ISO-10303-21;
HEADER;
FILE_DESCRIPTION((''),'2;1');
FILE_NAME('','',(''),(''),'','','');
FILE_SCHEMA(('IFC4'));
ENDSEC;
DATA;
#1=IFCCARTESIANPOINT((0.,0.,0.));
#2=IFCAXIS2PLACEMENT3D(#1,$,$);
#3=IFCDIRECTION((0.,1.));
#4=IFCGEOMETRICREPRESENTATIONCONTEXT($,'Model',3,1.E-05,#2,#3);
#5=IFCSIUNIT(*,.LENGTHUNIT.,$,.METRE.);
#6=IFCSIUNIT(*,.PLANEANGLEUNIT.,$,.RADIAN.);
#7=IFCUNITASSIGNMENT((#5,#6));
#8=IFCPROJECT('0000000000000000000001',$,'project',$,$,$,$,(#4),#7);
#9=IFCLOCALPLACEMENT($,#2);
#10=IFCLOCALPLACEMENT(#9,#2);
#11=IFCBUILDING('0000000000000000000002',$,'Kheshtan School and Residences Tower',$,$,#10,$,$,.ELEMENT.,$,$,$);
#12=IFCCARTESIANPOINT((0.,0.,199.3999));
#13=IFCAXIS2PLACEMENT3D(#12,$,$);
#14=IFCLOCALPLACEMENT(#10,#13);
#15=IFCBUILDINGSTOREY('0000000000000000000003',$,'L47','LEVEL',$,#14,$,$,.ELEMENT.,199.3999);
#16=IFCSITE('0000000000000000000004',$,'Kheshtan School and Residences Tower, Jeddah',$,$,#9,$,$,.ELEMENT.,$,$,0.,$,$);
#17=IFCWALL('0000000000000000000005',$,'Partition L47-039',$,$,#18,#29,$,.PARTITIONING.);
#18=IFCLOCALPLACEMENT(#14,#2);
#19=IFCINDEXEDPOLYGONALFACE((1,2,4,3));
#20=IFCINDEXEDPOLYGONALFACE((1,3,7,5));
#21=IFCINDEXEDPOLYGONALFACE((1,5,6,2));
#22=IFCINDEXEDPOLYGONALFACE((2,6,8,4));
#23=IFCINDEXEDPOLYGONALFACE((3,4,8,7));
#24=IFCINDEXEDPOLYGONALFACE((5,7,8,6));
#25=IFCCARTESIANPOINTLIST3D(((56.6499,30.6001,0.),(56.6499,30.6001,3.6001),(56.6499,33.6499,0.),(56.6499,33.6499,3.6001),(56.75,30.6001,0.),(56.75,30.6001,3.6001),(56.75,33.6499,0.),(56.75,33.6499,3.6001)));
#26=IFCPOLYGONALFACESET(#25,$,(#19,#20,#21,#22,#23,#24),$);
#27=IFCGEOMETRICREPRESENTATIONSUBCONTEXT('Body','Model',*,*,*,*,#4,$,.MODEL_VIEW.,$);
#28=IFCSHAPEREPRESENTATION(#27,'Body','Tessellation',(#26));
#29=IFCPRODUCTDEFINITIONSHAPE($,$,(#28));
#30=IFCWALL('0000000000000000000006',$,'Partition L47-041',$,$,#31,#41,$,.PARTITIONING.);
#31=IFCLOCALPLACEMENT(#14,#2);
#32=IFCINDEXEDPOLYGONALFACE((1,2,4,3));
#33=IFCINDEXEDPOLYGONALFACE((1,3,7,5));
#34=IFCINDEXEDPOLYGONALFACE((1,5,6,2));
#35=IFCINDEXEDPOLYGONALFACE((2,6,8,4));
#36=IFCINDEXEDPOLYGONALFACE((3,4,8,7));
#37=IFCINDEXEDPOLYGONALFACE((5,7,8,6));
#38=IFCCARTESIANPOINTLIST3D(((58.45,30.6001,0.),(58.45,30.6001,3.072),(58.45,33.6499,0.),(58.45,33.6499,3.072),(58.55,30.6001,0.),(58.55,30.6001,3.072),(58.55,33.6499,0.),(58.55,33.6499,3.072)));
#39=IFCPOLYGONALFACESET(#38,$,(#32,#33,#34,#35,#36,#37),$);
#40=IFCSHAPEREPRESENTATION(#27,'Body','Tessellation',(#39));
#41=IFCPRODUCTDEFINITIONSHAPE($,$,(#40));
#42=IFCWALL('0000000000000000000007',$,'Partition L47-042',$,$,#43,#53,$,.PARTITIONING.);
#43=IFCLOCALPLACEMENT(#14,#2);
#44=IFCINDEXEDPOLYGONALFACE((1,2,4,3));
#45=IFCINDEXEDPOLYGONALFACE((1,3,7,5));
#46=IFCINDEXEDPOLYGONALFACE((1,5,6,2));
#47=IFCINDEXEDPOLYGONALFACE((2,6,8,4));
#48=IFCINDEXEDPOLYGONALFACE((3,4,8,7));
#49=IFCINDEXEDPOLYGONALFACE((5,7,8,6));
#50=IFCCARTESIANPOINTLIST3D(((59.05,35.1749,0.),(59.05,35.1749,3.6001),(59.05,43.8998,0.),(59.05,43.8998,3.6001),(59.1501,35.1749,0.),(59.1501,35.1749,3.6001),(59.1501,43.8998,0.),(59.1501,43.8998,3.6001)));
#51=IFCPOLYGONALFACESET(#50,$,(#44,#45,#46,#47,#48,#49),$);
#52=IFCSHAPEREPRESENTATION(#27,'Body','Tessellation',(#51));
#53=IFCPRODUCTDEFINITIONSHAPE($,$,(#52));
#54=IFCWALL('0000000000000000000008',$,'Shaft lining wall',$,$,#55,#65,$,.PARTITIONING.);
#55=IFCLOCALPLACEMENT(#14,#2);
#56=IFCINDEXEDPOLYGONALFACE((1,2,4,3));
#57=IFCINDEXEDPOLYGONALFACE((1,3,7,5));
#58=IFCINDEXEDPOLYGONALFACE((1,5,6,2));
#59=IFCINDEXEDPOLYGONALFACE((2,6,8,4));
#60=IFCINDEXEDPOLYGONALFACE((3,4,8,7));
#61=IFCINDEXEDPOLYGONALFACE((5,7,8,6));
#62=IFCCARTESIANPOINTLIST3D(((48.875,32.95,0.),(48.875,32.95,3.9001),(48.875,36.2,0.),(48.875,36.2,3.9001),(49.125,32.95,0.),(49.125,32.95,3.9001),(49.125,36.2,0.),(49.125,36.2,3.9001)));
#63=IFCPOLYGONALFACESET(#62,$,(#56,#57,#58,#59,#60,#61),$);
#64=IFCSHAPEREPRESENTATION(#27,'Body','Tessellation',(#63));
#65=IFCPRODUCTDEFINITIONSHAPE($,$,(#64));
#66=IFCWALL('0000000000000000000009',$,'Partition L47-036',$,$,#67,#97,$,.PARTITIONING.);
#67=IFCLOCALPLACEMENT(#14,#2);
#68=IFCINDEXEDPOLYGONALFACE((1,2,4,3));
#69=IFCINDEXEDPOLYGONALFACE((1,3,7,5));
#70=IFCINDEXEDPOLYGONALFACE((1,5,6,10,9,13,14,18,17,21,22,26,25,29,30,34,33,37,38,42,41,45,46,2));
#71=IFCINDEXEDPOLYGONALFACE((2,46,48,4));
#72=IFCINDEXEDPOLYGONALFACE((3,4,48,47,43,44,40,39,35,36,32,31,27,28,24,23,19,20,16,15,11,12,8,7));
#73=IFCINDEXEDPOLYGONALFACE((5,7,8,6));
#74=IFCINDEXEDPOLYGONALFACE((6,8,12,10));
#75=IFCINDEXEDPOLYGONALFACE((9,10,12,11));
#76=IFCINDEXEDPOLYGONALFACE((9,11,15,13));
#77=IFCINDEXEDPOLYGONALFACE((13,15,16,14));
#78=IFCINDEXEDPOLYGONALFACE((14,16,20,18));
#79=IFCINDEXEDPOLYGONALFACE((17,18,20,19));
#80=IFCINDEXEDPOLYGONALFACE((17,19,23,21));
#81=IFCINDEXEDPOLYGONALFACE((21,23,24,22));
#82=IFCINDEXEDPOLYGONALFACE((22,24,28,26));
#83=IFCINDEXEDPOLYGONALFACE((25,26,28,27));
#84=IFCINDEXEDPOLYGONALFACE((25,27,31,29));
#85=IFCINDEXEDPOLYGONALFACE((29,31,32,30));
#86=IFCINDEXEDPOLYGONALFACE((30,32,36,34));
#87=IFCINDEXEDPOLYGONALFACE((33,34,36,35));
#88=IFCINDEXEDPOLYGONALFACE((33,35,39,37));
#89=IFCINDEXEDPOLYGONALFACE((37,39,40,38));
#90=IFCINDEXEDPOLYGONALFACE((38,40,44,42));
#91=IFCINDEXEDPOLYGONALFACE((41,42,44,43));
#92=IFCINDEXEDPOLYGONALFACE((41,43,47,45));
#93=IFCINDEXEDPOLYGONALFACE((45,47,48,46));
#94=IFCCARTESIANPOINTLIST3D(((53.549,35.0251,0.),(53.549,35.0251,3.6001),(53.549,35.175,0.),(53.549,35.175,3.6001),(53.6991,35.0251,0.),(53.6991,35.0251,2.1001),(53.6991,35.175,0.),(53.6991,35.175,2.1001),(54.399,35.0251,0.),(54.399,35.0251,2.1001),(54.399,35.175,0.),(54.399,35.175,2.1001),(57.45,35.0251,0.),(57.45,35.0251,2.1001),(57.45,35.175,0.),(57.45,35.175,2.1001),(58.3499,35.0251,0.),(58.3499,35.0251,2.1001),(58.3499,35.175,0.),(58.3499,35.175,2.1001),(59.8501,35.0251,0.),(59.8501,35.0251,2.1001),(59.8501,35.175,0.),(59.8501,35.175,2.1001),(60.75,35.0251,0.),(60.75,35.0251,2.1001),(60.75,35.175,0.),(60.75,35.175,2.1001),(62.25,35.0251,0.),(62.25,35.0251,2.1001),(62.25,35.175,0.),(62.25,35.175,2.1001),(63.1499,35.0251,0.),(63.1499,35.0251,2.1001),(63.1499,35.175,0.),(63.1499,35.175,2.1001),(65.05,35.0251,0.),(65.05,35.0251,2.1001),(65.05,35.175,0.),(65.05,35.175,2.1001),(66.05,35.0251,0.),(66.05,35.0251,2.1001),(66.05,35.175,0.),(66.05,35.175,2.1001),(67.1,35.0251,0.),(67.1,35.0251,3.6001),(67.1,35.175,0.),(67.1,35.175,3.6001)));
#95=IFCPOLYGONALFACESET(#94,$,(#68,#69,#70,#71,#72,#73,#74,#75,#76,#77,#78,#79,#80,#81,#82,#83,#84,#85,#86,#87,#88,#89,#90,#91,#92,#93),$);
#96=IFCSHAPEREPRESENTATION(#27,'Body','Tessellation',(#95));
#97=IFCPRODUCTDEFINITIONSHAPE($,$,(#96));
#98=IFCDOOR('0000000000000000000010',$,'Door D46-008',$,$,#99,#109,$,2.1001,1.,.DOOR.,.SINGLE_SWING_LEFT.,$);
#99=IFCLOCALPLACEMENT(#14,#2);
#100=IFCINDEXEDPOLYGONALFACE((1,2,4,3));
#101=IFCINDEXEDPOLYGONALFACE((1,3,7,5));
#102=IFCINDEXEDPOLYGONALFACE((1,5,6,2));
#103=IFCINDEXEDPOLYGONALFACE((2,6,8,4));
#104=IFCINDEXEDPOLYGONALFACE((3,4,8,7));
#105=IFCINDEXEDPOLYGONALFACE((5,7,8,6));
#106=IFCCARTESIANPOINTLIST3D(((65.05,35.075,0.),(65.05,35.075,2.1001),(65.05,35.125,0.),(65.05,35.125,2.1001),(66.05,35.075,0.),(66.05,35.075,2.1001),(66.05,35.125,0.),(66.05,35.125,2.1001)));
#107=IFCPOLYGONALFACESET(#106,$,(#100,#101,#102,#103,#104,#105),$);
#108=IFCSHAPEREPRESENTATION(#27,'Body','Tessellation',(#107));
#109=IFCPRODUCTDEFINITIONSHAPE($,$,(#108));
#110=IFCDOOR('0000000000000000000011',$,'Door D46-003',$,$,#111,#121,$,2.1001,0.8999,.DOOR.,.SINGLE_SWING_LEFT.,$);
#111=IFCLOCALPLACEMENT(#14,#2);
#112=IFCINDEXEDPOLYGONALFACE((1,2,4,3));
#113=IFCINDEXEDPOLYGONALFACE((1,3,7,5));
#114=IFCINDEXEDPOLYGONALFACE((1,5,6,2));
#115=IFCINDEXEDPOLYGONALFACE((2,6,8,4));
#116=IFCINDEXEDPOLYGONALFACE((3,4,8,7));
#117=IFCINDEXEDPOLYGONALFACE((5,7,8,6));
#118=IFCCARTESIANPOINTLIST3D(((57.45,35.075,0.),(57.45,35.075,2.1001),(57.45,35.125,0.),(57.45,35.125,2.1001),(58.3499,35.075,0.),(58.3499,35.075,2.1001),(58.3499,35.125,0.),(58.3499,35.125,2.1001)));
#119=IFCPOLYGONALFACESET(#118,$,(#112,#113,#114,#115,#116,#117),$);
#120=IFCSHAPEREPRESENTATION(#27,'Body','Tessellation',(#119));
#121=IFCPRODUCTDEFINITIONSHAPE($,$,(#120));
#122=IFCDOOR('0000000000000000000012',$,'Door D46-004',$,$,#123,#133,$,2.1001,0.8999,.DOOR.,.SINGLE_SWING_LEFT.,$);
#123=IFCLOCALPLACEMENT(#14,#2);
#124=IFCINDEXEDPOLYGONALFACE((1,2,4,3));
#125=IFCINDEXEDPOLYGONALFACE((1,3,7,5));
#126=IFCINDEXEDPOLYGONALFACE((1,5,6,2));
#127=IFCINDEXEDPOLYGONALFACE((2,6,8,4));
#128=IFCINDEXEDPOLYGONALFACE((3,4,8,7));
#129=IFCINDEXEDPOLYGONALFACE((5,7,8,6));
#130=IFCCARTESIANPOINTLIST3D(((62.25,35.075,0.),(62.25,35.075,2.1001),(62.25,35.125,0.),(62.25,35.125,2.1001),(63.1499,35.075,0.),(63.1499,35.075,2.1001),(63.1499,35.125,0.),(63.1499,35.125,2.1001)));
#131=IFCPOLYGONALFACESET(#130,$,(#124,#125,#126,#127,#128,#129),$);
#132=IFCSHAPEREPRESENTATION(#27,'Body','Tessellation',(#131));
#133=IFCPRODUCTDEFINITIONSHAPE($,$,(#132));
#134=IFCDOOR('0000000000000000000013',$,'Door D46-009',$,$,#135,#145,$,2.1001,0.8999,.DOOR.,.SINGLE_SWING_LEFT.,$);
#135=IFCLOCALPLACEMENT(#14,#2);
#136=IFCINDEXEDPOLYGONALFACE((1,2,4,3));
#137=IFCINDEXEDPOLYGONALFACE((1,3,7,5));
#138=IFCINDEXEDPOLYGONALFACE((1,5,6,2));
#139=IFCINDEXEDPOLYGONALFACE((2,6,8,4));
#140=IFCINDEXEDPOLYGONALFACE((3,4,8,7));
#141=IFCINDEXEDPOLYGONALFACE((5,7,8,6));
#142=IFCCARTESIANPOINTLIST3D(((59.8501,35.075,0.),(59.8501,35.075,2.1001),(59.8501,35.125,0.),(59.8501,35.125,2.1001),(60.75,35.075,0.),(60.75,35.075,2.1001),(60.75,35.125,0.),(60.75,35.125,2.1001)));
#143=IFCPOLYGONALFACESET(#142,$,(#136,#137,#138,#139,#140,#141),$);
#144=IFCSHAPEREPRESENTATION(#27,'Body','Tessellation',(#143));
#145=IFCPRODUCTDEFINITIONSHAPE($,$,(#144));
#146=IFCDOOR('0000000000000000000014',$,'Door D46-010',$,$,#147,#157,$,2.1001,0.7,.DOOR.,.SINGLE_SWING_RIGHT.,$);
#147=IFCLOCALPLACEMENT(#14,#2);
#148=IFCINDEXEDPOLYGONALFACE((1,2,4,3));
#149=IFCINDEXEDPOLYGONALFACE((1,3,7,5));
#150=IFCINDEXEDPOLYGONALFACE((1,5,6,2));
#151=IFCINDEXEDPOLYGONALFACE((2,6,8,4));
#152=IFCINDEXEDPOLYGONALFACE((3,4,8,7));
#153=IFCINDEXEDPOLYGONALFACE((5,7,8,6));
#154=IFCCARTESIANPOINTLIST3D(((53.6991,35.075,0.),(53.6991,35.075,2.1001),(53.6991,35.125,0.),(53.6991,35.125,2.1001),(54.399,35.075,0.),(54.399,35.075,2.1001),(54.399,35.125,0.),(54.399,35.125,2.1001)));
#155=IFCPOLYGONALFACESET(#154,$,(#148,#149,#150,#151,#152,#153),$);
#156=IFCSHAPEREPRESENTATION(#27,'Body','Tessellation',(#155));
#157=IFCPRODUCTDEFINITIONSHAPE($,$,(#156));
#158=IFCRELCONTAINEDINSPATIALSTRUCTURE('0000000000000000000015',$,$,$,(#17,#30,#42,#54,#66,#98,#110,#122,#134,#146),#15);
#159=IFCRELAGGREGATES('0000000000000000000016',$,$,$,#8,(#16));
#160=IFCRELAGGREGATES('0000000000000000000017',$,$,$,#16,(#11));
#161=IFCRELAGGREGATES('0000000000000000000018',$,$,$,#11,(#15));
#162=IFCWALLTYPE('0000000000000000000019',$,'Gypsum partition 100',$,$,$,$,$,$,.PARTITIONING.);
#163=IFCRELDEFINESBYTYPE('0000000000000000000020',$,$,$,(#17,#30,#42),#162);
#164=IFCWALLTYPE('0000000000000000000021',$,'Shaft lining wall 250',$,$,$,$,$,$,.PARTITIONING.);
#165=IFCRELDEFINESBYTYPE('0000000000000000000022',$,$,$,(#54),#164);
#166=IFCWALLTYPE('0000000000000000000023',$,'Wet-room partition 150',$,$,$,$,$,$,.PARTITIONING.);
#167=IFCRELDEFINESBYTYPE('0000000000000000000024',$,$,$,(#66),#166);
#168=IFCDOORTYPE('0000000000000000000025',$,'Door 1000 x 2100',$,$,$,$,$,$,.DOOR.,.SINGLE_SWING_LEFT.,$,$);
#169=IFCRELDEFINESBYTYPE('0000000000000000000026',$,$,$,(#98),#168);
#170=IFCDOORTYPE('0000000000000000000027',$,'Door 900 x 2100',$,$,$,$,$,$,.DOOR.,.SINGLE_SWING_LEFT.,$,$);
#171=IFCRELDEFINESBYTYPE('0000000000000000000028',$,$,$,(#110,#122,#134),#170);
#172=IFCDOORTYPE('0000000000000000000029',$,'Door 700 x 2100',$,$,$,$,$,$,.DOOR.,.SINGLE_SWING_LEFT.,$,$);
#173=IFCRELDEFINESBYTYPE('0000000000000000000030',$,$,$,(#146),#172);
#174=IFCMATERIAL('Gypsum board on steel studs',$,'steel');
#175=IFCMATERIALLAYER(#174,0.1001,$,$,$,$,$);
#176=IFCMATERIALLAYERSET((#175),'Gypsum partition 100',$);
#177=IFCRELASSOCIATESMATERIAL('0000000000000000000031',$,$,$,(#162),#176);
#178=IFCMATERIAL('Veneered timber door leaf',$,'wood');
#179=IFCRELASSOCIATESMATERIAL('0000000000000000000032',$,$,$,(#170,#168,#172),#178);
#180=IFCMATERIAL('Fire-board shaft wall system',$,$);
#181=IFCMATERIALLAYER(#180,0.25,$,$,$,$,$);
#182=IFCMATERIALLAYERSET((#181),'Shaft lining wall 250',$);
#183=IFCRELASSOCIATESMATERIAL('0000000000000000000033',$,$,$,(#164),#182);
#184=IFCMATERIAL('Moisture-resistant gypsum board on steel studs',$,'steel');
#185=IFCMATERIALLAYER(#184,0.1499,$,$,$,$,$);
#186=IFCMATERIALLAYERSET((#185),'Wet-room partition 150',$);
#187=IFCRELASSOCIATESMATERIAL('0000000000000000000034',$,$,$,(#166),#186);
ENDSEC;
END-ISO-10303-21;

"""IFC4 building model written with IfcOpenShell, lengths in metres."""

from ifc_helpers import new_model, si_unit, direction, frame, frame_2d, origin, place, context, subcontext, project, spatial, rectangle, extrude, source, transform, mapped, material, layer, layer_set, type_object, element, fill, save


model = new_model("IFC4")

# Units and contexts
model_context = context("Model", 3, precision=1e-05, world=origin(), true_north=direction((0.0, 1.0)))
body_context = subcontext(model_context, "Body", "Model", "MODEL_VIEW")
ifc_project = project(units=[si_unit("LENGTHUNIT", "METRE"), si_unit("PLANEANGLEUNIT", "RADIAN")], contexts=[model_context])

# Site, building, storey
site_placement = place(None, origin())
site = spatial("IfcSite", under=ifc_project, at=site_placement, Name="Kheshtan School and Residences Tower, Jeddah", CompositionType="ELEMENT", RefElevation=0.0)
building_placement = place(site_placement, origin())
building = spatial("IfcBuilding", under=site, at=building_placement, Name="Kheshtan School and Residences Tower", CompositionType="ELEMENT")
storey_placement = place(building_placement, frame((0.0, 0.0, 199.3999)))
storey = spatial("IfcBuildingStorey", under=building, at=storey_placement, Name="L47", Description="LEVEL", CompositionType="ELEMENT", Elevation=199.3999)

# Shared definitions
ifc_material_1 = material(Name="Gypsum board on steel studs", Category="steel")
ifc_layer_1 = layer(ifc_material_1, 0.1001)
ifc_layer_set_1 = layer_set([ifc_layer_1], Name="Gypsum partition 100")
wall_type_1 = type_object("IfcWallType", Name="Gypsum partition 100", PredefinedType="PARTITIONING", material=ifc_layer_set_1)
ifc_material_2 = material(Name="Veneered timber door leaf", Category="wood")
door_type_1 = type_object("IfcDoorType", Name="Door 900 x 2100", OperationType="SINGLE_SWING_LEFT", PredefinedType="DOOR", material=ifc_material_2)
shared_shape_1 = source(origin(), body_context, "Body", "SweptSolid", [
    extrude(rectangle(XDim=0.8999, YDim=2.1001, at=frame_2d((0.45, 1.05))), frame((0.0, 0.0249, 0.0), z_axis=(0.0, -1.0, 0.0), x_axis=(1.0, 0.0, 0.0)), (0.0, 0.0, 1.0), 0.05),
])

# Walls
wall_1_placement = place(storey_placement, frame((56.7, 30.6001, 0.0), z_axis=(0.0, 0.0, 1.0), x_axis=(0.0, 1.0, 0.0)))
element("IfcWall", 1, at=wall_1_placement, inside=storey, type_object=wall_type_1, Name="Partition L47-039", PredefinedType="PARTITIONING", context=body_context, shape_type="SweptSolid", body=[
    extrude(rectangle(XDim=3.0498, YDim=0.1001, at=frame_2d((1.5249, 0.0))), origin(), (0.0, 0.0, 1.0), 3.6001),
])
wall_2_placement = place(storey_placement, frame((58.5, 30.6001, 0.0), z_axis=(0.0, 0.0, 1.0), x_axis=(0.0, 1.0, 0.0)))
element("IfcWall", 2, at=wall_2_placement, inside=storey, type_object=wall_type_1, Name="Partition L47-041", PredefinedType="PARTITIONING", context=body_context, shape_type="SweptSolid", body=[
    extrude(rectangle(XDim=3.0498, YDim=0.1001, at=frame_2d((1.5249, 0.0))), origin(), (0.0, 0.0, 1.0), 3.072),
])
wall_3_placement = place(storey_placement, frame((59.1001, 35.175, 0.0), z_axis=(0.0, 0.0, 1.0), x_axis=(0.0, 1.0, 0.0)))
element("IfcWall", 3, at=wall_3_placement, inside=storey, type_object=wall_type_1, Name="Partition L47-042", PredefinedType="PARTITIONING", context=body_context, shape_type="SweptSolid", body=[
    extrude(rectangle(XDim=8.7249, YDim=0.1001, at=frame_2d((4.3623, 0.0))), origin(), (0.0, 0.0, 1.0), 3.6001),
])
ifc_material_3 = material(Name="Fire-board shaft wall system")
ifc_layer_2 = layer(ifc_material_3, 0.25)
ifc_layer_set_2 = layer_set([ifc_layer_2], Name="Shaft lining wall 250")
wall_type_2 = type_object("IfcWallType", Name="Shaft lining wall 250", PredefinedType="PARTITIONING", material=ifc_layer_set_2)
wall_4_placement = place(storey_placement, frame((49.0, 32.95, 0.0), z_axis=(0.0, 0.0, 1.0), x_axis=(0.0, 1.0, 0.0)))
element("IfcWall", 4, at=wall_4_placement, inside=storey, type_object=wall_type_2, Name="Shaft lining wall", PredefinedType="PARTITIONING", context=body_context, shape_type="SweptSolid", body=[
    extrude(rectangle(XDim=3.25, YDim=0.25, at=frame_2d((1.625, 0.0))), origin(), (0.0, 0.0, 1.0), 3.9001),
])

# Wall, openings, doors
ifc_material_4 = material(Name="Moisture-resistant gypsum board on steel studs", Category="steel")
ifc_layer_3 = layer(ifc_material_4, 0.1499)
ifc_layer_set_3 = layer_set([ifc_layer_3], Name="Wet-room partition 150")
wall_type_3 = type_object("IfcWallType", Name="Wet-room partition 150", PredefinedType="PARTITIONING", material=ifc_layer_set_3)
wall_5_placement = place(storey_placement, frame((53.5491, 35.1001, 0.0), z_axis=(0.0, 0.0, 1.0), x_axis=(1.0, 0.0, 0.0)))
wall_5 = element("IfcWall", 5, at=wall_5_placement, inside=storey, type_object=wall_type_3, Name="Partition L47-036", PredefinedType="PARTITIONING", context=body_context, shape_type="SweptSolid", body=[
    extrude(rectangle(XDim=13.551, YDim=0.1499, at=frame_2d((6.7754, 0.0))), origin(), (0.0, 0.0, 1.0), 3.6001),
])
opening_1_placement = place(wall_5_placement, frame((3.9009, 0.0, 0.0)))
opening_1 = element("IfcOpeningElement", 6, at=opening_1_placement, cuts=wall_5, PredefinedType="OPENING", context=body_context, shape_type="SweptSolid", body=[
    extrude(rectangle(XDim=0.8999, YDim=2.1001, at=frame_2d((0.45, 1.05))), frame((0.0, 0.085, 0.0), z_axis=(0.0, -1.0, 0.0), x_axis=(1.0, 0.0, 0.0)), (0.0, 0.0, 1.0), 0.1699),
])
opening_2_placement = place(wall_5_placement, frame((8.7009, 0.0, 0.0)))
opening_2 = element("IfcOpeningElement", 7, at=opening_2_placement, cuts=wall_5, PredefinedType="OPENING", context=body_context, shape_type="SweptSolid", body=[
    extrude(rectangle(XDim=0.8999, YDim=2.1001, at=frame_2d((0.45, 1.05))), frame((0.0, 0.085, 0.0), z_axis=(0.0, -1.0, 0.0), x_axis=(1.0, 0.0, 0.0)), (0.0, 0.0, 1.0), 0.1699),
])
opening_3_placement = place(wall_5_placement, frame((11.501, 0.0, 0.0)))
opening_3 = element("IfcOpeningElement", 8, at=opening_3_placement, cuts=wall_5, PredefinedType="OPENING", context=body_context, shape_type="SweptSolid", body=[
    extrude(rectangle(XDim=1.0, YDim=2.1001, at=frame_2d((0.5, 1.05))), frame((0.0, 0.085, 0.0), z_axis=(0.0, -1.0, 0.0), x_axis=(1.0, 0.0, 0.0)), (0.0, 0.0, 1.0), 0.1699),
])
opening_4_placement = place(wall_5_placement, frame((6.301, 0.0, 0.0)))
opening_4 = element("IfcOpeningElement", 9, at=opening_4_placement, cuts=wall_5, PredefinedType="OPENING", context=body_context, shape_type="SweptSolid", body=[
    extrude(rectangle(XDim=0.8999, YDim=2.1001, at=frame_2d((0.45, 1.05))), frame((0.0, 0.085, 0.0), z_axis=(0.0, -1.0, 0.0), x_axis=(1.0, 0.0, 0.0)), (0.0, 0.0, 1.0), 0.1699),
])
opening_5_placement = place(wall_5_placement, frame((0.1499, 0.0, 0.0)))
opening_5 = element("IfcOpeningElement", 10, at=opening_5_placement, cuts=wall_5, PredefinedType="OPENING", context=body_context, shape_type="SweptSolid", body=[
    extrude(rectangle(XDim=0.7, YDim=2.1001, at=frame_2d((0.3501, 1.05))), frame((0.0, 0.085, 0.0), z_axis=(0.0, -1.0, 0.0), x_axis=(1.0, 0.0, 0.0)), (0.0, 0.0, 1.0), 0.1699),
])
door_type_2 = type_object("IfcDoorType", Name="Door 1000 x 2100", OperationType="SINGLE_SWING_LEFT", PredefinedType="DOOR", material=ifc_material_2)
shared_shape_2 = source(origin(), body_context, "Body", "SweptSolid", [
    extrude(rectangle(XDim=1.0, YDim=2.1001, at=frame_2d((0.5, 1.05))), frame((0.0, 0.0249, 0.0), z_axis=(0.0, -1.0, 0.0), x_axis=(1.0, 0.0, 0.0)), (0.0, 0.0, 1.0), 0.05),
])
door_1_placement = place(opening_3_placement, origin())
door_1 = element("IfcDoor", 11, at=door_1_placement, inside=storey, type_object=door_type_2, Name="Door D46-008", OperationType="SINGLE_SWING_LEFT", OverallHeight=2.1001, OverallWidth=1.0, PredefinedType="DOOR", context=body_context, shape_type="MappedRepresentation", body=[
    mapped(shared_shape_2, transform((0.0, 0.0, 0.0), x_axis=(1.0, 0.0, 0.0), y_axis=(0.0, 1.0, 0.0), z_axis=(0.0, 0.0, 1.0), scale=1.0)),
])
fill(opening_3, door_1)
door_2_placement = place(opening_1_placement, origin())
door_2 = element("IfcDoor", 12, at=door_2_placement, inside=storey, type_object=door_type_1, Name="Door D46-003", OperationType="SINGLE_SWING_LEFT", OverallHeight=2.1001, OverallWidth=0.8999, PredefinedType="DOOR", context=body_context, shape_type="MappedRepresentation", body=[
    mapped(shared_shape_1, transform((0.0, 0.0, 0.0), x_axis=(1.0, 0.0, 0.0), y_axis=(0.0, 1.0, 0.0), z_axis=(0.0, 0.0, 1.0), scale=1.0)),
])
fill(opening_1, door_2)
door_3_placement = place(opening_2_placement, origin())
door_3 = element("IfcDoor", 13, at=door_3_placement, inside=storey, type_object=door_type_1, Name="Door D46-004", OperationType="SINGLE_SWING_LEFT", OverallHeight=2.1001, OverallWidth=0.8999, PredefinedType="DOOR", context=body_context, shape_type="MappedRepresentation", body=[
    mapped(shared_shape_1, transform((0.0, 0.0, 0.0), x_axis=(1.0, 0.0, 0.0), y_axis=(0.0, 1.0, 0.0), z_axis=(0.0, 0.0, 1.0), scale=1.0)),
])
fill(opening_2, door_3)
door_4_placement = place(opening_4_placement, origin())
door_4 = element("IfcDoor", 14, at=door_4_placement, inside=storey, type_object=door_type_1, Name="Door D46-009", OperationType="SINGLE_SWING_LEFT", OverallHeight=2.1001, OverallWidth=0.8999, PredefinedType="DOOR", context=body_context, shape_type="MappedRepresentation", body=[
    mapped(shared_shape_1, transform((0.0, 0.0, 0.0), x_axis=(1.0, 0.0, 0.0), y_axis=(0.0, 1.0, 0.0), z_axis=(0.0, 0.0, 1.0), scale=1.0)),
])
fill(opening_4, door_4)
door_type_3 = type_object("IfcDoorType", Name="Door 700 x 2100", OperationType="SINGLE_SWING_LEFT", PredefinedType="DOOR", material=ifc_material_2)
shared_shape_3 = source(origin(), body_context, "Body", "SweptSolid", [
    extrude(rectangle(XDim=0.7, YDim=2.1001, at=frame_2d((0.3501, 1.05))), frame((0.0, 0.0249, 0.0), z_axis=(0.0, -1.0, 0.0), x_axis=(1.0, 0.0, 0.0)), (0.0, 0.0, 1.0), 0.05),
])
door_5_placement = place(opening_5_placement, origin())
door_5 = element("IfcDoor", 15, at=door_5_placement, inside=storey, type_object=door_type_3, Name="Door D46-010", OperationType="SINGLE_SWING_RIGHT", OverallHeight=2.1001, OverallWidth=0.7, PredefinedType="DOOR", context=body_context, shape_type="MappedRepresentation", body=[
    mapped(shared_shape_3, transform((0.0, 0.0, 0.0), x_axis=(1.0, 0.0, 0.0), y_axis=(0.0, 1.0, 0.0), z_axis=(0.0, 0.0, 1.0), scale=1.0)),
])
fill(opening_5, door_5)

save(model, "model.ifc")
